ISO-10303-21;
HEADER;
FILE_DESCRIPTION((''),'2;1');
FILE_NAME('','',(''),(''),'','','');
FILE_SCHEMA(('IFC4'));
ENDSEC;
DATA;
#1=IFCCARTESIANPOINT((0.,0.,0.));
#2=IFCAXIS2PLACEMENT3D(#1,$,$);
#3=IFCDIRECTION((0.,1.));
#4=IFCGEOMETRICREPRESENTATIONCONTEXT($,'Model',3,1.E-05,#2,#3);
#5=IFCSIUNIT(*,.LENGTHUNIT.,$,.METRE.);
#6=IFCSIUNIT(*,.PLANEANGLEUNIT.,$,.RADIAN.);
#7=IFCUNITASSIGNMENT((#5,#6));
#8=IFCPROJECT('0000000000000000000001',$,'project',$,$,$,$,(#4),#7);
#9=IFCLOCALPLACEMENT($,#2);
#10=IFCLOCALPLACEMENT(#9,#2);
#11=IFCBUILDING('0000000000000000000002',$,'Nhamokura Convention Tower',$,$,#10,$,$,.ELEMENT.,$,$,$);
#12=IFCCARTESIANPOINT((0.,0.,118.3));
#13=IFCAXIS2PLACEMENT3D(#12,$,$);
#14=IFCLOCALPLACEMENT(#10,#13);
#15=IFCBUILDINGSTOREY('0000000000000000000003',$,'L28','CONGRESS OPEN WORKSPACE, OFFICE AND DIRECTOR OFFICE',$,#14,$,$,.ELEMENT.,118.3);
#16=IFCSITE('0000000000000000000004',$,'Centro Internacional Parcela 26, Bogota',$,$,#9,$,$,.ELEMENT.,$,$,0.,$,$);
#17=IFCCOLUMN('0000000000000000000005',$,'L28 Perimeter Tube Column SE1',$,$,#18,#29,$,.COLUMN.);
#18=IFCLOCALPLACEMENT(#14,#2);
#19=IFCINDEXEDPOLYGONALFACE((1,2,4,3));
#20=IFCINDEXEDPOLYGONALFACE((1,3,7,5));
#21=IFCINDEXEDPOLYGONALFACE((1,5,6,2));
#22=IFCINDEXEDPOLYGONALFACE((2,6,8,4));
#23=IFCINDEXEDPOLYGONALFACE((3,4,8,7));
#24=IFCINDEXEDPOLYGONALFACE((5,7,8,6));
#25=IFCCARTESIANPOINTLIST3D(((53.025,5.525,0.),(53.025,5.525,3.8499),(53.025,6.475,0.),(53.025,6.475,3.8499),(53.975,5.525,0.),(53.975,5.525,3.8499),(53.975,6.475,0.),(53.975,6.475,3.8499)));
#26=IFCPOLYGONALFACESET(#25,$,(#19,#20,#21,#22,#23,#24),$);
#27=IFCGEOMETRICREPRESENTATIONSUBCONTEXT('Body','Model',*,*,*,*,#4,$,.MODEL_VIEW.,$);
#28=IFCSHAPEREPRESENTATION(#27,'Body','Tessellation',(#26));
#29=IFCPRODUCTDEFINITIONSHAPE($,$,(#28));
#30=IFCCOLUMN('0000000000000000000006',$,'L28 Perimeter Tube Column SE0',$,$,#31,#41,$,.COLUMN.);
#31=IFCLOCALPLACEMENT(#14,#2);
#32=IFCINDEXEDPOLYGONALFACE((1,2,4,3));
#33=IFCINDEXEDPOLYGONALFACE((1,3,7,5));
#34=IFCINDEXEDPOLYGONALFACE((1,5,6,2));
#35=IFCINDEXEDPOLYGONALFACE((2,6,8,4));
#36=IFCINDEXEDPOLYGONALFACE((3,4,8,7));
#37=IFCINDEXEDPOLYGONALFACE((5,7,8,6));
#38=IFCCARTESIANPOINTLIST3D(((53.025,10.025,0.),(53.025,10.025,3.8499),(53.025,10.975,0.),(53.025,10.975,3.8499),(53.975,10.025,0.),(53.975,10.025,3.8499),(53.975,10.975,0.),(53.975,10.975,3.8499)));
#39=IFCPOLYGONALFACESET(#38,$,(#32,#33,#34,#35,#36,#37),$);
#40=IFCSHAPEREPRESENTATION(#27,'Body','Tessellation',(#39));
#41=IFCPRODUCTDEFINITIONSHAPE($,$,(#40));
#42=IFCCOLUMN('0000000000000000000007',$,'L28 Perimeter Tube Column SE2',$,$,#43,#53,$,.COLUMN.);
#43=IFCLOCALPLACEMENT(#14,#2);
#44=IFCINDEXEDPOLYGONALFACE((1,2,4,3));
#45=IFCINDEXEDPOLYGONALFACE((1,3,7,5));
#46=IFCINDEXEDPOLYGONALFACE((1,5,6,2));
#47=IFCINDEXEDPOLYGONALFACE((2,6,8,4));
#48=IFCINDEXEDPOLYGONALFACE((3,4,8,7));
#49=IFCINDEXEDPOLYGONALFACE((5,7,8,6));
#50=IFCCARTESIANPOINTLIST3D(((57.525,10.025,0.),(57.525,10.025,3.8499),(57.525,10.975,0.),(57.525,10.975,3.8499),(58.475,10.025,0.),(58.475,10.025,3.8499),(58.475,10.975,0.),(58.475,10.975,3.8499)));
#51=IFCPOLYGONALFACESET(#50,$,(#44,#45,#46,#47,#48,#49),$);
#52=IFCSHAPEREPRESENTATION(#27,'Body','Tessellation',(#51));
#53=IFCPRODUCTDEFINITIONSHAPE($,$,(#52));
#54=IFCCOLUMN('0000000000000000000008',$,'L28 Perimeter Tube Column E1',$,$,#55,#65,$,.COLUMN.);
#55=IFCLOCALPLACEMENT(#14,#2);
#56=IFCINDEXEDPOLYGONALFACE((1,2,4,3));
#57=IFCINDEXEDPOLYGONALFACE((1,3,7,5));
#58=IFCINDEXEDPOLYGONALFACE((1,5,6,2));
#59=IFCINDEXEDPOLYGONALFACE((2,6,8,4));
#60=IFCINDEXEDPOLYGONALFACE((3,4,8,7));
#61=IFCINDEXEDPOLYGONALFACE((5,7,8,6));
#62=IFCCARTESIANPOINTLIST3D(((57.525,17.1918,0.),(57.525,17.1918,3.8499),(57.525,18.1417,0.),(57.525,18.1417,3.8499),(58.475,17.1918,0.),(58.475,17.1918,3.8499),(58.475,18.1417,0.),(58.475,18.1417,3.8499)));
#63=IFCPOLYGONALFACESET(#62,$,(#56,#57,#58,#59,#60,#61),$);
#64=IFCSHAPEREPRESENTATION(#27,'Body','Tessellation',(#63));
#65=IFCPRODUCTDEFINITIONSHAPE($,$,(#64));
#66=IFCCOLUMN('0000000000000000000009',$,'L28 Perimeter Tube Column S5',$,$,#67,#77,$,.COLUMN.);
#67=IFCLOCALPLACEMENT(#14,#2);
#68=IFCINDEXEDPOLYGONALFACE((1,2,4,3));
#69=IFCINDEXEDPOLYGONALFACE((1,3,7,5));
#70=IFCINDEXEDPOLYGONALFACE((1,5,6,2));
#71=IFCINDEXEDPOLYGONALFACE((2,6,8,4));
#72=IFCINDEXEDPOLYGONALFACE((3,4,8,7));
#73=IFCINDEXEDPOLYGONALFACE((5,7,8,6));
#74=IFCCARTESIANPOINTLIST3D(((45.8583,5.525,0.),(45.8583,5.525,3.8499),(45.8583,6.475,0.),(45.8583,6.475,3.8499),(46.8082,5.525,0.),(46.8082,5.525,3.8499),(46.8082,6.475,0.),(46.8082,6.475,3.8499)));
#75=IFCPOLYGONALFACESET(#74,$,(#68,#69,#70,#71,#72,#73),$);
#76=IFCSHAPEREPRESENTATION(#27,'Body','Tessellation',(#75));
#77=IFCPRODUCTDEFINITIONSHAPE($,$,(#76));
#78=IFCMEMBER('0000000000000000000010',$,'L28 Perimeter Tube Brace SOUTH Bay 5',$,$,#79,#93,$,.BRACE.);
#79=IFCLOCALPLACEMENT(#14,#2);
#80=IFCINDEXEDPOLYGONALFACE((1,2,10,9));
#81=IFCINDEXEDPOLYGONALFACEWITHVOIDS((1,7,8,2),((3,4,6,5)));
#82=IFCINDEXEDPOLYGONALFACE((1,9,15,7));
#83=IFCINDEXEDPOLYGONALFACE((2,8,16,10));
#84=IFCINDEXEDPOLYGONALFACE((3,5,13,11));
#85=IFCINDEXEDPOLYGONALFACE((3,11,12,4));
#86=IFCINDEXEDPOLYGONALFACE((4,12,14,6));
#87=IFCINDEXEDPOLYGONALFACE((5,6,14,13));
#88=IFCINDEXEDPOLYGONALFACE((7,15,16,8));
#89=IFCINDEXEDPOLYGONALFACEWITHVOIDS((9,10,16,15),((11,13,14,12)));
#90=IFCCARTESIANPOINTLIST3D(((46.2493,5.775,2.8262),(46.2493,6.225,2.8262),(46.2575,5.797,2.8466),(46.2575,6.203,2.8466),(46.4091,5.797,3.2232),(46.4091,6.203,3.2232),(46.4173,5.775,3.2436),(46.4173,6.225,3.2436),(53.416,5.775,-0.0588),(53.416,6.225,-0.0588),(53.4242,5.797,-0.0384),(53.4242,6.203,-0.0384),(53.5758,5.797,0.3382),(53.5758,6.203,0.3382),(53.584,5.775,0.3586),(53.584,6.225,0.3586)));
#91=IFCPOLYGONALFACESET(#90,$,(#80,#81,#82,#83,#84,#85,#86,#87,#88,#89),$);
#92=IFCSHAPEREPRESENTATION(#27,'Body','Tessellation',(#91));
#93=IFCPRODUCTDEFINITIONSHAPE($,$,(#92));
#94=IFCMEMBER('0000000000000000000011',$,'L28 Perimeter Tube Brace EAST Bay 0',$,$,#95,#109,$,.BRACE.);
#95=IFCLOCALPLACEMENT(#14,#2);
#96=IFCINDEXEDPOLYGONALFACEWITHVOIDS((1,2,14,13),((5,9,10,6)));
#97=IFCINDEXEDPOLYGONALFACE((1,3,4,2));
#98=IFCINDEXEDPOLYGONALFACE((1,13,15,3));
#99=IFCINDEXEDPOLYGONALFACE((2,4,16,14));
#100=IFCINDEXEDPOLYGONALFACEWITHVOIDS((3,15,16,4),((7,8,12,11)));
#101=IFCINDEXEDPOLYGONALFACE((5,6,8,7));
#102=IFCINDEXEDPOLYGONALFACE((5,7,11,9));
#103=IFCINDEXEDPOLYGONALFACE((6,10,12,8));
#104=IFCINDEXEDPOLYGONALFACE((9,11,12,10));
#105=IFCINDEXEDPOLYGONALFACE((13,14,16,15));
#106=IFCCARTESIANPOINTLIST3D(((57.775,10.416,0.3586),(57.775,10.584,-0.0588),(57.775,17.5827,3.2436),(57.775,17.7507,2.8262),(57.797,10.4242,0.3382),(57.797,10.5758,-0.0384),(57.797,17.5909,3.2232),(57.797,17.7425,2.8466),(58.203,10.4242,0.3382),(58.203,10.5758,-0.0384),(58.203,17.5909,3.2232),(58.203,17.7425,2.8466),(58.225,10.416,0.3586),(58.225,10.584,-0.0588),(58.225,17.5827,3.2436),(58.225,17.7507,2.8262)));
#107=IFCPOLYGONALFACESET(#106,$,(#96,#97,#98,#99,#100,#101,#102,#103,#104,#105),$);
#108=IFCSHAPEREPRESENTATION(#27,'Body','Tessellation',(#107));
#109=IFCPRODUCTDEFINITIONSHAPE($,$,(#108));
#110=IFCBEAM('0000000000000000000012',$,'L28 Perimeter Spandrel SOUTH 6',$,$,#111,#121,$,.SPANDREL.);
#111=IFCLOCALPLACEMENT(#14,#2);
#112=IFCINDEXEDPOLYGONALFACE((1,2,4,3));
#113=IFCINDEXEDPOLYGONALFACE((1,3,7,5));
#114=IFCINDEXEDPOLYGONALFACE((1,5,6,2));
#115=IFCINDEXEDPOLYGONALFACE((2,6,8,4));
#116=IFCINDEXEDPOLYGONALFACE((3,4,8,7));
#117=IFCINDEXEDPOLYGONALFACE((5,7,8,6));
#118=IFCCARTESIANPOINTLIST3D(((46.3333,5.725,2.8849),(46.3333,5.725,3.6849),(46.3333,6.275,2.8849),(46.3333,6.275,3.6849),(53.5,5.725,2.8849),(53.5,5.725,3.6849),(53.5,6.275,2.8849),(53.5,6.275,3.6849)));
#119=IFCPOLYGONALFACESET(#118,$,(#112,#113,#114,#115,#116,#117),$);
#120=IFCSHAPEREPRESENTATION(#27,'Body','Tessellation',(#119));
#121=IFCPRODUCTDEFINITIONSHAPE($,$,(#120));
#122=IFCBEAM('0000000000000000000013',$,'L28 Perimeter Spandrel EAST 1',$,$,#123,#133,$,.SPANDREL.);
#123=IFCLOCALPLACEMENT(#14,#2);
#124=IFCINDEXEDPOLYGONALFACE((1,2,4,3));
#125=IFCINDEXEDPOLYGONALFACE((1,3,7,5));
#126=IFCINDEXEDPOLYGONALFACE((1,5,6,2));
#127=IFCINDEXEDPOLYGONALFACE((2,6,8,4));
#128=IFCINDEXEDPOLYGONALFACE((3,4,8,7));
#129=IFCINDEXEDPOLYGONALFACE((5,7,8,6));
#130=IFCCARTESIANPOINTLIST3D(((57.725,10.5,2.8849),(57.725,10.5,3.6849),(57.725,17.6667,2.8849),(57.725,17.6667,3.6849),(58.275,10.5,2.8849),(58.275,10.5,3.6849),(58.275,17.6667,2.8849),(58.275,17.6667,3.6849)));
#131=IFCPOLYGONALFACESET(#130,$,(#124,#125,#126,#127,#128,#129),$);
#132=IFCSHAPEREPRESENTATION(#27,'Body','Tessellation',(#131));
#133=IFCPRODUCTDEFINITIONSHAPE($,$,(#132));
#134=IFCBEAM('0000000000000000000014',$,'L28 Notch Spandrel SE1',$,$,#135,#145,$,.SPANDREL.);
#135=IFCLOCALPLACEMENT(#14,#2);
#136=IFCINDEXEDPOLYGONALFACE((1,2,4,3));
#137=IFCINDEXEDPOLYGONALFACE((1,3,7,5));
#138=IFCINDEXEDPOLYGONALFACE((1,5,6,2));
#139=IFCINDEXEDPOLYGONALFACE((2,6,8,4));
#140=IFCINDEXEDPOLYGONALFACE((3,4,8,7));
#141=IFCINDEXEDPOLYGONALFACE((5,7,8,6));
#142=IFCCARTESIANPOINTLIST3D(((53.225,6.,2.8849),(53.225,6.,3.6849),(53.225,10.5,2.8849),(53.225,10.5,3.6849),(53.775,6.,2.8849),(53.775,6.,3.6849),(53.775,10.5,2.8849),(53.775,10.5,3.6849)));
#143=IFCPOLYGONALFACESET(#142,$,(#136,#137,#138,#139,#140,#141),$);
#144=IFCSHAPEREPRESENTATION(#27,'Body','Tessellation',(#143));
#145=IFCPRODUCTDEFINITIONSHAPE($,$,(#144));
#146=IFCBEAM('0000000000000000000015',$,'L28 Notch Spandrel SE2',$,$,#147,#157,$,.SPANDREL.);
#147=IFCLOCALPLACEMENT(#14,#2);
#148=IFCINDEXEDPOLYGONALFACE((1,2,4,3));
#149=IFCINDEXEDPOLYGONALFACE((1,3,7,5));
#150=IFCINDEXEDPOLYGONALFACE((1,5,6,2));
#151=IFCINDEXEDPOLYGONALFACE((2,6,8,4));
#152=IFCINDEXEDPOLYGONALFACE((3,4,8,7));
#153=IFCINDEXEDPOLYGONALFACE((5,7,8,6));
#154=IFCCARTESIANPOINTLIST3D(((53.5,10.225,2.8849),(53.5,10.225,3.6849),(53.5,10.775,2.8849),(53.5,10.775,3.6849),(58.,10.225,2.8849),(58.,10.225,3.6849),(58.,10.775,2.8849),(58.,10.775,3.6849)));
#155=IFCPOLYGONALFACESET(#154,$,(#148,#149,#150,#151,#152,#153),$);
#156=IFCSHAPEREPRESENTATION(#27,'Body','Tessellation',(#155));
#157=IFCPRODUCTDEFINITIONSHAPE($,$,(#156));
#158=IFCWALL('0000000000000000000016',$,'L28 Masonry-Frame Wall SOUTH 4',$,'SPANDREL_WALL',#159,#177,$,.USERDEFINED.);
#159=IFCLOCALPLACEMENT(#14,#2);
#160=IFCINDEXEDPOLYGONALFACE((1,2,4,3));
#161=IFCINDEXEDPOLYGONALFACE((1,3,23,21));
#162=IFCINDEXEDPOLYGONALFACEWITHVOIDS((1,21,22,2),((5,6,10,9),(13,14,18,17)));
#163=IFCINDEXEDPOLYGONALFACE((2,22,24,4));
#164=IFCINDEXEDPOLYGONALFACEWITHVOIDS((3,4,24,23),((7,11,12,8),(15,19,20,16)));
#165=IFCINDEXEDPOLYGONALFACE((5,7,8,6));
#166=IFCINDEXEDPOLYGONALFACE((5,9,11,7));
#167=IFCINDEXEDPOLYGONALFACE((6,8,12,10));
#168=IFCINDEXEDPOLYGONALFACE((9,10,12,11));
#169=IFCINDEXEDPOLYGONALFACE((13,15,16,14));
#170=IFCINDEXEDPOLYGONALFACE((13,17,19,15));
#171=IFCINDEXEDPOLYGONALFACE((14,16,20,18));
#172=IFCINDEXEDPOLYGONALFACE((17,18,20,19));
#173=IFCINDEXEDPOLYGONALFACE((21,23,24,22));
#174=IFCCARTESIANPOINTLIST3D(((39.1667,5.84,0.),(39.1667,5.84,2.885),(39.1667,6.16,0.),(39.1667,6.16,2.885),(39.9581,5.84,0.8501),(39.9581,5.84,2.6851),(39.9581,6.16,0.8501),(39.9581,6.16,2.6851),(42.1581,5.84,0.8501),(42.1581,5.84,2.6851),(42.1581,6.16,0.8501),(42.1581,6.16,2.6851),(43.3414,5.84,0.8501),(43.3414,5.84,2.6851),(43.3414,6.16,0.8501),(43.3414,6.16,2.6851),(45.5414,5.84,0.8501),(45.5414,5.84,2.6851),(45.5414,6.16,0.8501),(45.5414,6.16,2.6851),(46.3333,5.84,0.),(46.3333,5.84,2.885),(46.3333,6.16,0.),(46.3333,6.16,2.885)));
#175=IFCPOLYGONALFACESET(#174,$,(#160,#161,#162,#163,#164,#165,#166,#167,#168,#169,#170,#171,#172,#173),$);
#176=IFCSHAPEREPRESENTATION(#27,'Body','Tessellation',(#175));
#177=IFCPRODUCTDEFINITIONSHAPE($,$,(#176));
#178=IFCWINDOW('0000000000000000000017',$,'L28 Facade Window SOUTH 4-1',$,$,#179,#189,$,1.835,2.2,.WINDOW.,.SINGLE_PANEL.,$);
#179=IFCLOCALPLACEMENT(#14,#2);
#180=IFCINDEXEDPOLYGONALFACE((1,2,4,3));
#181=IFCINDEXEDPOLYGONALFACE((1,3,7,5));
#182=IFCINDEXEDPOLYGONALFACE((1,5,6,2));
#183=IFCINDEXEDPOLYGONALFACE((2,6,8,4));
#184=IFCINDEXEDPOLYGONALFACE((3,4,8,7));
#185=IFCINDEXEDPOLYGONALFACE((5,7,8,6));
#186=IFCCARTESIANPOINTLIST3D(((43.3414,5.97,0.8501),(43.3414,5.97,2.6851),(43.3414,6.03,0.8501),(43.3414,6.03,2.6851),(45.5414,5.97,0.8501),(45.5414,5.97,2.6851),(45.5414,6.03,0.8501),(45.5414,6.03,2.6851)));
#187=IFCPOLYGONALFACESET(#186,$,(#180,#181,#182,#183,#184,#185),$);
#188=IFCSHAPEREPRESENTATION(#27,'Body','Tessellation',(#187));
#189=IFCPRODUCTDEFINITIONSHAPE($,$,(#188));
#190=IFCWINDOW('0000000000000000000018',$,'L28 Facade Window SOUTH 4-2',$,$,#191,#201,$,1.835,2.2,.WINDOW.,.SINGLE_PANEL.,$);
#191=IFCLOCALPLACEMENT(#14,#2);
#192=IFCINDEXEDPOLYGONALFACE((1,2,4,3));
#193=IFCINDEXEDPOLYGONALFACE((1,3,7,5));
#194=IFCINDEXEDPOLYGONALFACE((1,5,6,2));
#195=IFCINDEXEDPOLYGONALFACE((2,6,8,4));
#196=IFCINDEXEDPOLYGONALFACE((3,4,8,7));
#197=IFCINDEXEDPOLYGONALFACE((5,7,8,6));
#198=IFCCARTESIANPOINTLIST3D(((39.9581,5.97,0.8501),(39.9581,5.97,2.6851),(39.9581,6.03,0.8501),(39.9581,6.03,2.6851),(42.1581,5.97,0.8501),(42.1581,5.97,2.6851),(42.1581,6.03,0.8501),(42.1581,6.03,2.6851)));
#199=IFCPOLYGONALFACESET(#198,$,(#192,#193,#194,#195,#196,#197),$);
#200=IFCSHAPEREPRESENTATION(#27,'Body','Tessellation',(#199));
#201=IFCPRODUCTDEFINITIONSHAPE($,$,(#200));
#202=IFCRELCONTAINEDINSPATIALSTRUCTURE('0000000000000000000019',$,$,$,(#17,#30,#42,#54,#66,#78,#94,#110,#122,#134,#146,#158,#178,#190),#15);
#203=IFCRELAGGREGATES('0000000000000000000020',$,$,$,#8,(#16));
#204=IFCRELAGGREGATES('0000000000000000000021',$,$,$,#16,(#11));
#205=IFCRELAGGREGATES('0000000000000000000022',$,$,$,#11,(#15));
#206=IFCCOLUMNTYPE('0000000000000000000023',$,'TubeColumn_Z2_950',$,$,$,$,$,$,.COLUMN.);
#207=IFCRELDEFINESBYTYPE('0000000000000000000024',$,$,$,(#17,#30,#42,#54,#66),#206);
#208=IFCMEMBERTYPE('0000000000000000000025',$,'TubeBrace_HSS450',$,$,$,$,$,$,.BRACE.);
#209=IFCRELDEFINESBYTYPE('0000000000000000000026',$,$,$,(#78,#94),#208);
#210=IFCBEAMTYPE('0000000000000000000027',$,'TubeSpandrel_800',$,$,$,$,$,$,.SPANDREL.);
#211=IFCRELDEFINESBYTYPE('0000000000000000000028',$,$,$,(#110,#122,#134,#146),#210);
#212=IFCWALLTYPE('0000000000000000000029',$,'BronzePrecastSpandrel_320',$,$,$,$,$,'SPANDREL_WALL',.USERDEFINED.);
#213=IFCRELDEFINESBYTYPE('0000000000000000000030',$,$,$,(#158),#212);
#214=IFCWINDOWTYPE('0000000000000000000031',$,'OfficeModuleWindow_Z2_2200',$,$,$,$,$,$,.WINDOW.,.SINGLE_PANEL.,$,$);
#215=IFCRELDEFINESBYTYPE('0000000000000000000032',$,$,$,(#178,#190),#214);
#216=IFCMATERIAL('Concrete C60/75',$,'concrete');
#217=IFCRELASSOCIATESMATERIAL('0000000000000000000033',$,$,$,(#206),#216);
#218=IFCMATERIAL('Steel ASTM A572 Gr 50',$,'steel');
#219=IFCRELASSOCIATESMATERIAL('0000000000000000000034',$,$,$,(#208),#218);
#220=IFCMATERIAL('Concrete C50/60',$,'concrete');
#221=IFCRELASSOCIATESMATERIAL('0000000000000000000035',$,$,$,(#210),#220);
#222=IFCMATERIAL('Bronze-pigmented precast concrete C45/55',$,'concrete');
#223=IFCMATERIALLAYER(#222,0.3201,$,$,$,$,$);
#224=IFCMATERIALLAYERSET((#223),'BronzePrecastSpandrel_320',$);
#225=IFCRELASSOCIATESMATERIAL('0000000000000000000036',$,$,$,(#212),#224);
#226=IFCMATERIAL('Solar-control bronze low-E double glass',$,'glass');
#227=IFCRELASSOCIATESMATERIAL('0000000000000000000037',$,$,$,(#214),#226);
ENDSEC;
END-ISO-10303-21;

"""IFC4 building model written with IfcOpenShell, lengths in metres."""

from ifc_helpers import new_model, si_unit, direction, frame, frame_2d, origin, origin_2d, place, context, subcontext, project, spatial, rectangle, hollow_rectangle, extrude, material, layer, layer_set, material_profile, profile_set, type_object, element, fill, save


model = new_model("IFC4")

# Units and contexts
model_context = context("Model", 3, precision=1e-05, world=origin(), true_north=direction((0.0, 1.0)))
body_context = subcontext(model_context, "Body", "Model", "MODEL_VIEW")
ifc_project = project(units=[si_unit("LENGTHUNIT", "METRE"), si_unit("PLANEANGLEUNIT", "RADIAN")], contexts=[model_context])

# Site, building, storey
site_placement = place(None, origin())
site = spatial("IfcSite", under=ifc_project, at=site_placement, Name="Centro Internacional Parcela 26, Bogota", CompositionType="ELEMENT", RefElevation=0.0)
building_placement = place(site_placement, origin())
building = spatial("IfcBuilding", under=site, at=building_placement, Name="Nhamokura Convention Tower", CompositionType="ELEMENT")
storey_placement = place(building_placement, frame((0.0, 0.0, 118.3)))
storey = spatial("IfcBuildingStorey", under=building, at=storey_placement, Name="L28", Description="CONGRESS OPEN WORKSPACE, OFFICE AND DIRECTOR OFFICE", CompositionType="ELEMENT", Elevation=118.3)

# Columns
ifc_material_1 = material(Name="Concrete C60/75", Category="concrete")
ifc_material_profile_1 = material_profile(ifc_material_1, rectangle(XDim=0.95, YDim=0.95, at=origin_2d()))
ifc_profile_set_1 = profile_set([ifc_material_profile_1], Name="Concrete C60/75")
column_type = type_object("IfcColumnType", Name="TubeColumn_Z2_950", PredefinedType="COLUMN", material=ifc_profile_set_1)
for number, where, z_axis, x_axis, name in (
    (1, (53.5, 6.0, 0.0), (0.0, 0.0, 1.0), (1.0, 0.0, 0.0), "L28 Perimeter Tube Column SE1"),
    (2, (53.5, 10.5, 0.0), (0.0, 0.0, 1.0), (1.0, 0.0, 0.0), "L28 Perimeter Tube Column SE0"),
    (3, (58.0, 10.5, 0.0), (0.0, 0.0, 1.0), (1.0, 0.0, 0.0), "L28 Perimeter Tube Column SE2"),
    (4, (58.0, 17.6667, 0.0), (0.0, 0.0, 1.0), (1.0, 0.0, 0.0), "L28 Perimeter Tube Column E1"),
    (5, (46.3333, 6.0, 0.0), (0.0, 0.0, 1.0), (1.0, 0.0, 0.0), "L28 Perimeter Tube Column S5"),
):
    element("IfcColumn", number, at=place(storey_placement, frame(where, z_axis=z_axis, x_axis=x_axis)), inside=storey, type_object=column_type, Name=name, PredefinedType="COLUMN", context=body_context, shape_type="SweptSolid", body=[
        extrude(rectangle(XDim=0.95, YDim=0.95, at=origin_2d()), origin(), (0.0, 0.0, 1.0), 3.8499),
    ])

# Members
ifc_material_2 = material(Name="Steel ASTM A572 Gr 50", Category="steel")
ifc_material_profile_2 = material_profile(ifc_material_2, hollow_rectangle(XDim=0.45, YDim=0.45, WallThickness=0.022, at=origin_2d()))
ifc_profile_set_2 = profile_set([ifc_material_profile_2], Name="Steel ASTM A572 Gr 50")
member_type = type_object("IfcMemberType", Name="TubeBrace_HSS450", PredefinedType="BRACE", material=ifc_profile_set_2)
for number, where, z_axis, x_axis, name in (
    (6, (53.5, 6.0, 0.1499), (-0.927657, 0.0, 0.373433), (0.0, -1.0, 0.0), "L28 Perimeter Tube Brace SOUTH Bay 5"),
    (7, (58.0, 10.5, 0.1499), (0.0, 0.927657, 0.373433), (-1.0, 0.0, 0.0), "L28 Perimeter Tube Brace EAST Bay 0"),
):
    element("IfcMember", number, at=place(storey_placement, frame(where, z_axis=z_axis, x_axis=x_axis)), inside=storey, type_object=member_type, Name=name, PredefinedType="BRACE", context=body_context, shape_type="SweptSolid", body=[
        extrude(hollow_rectangle(XDim=0.45, YDim=0.45, WallThickness=0.022, at=origin_2d()), origin(), (0.0, 0.0, 1.0), 7.7256),
    ])

# Beams
ifc_material_3 = material(Name="Concrete C50/60", Category="concrete")
ifc_material_profile_3 = material_profile(ifc_material_3, rectangle(XDim=0.55, YDim=0.8, at=origin_2d()))
ifc_profile_set_3 = profile_set([ifc_material_profile_3], Name="Concrete C50/60")
beam_type = type_object("IfcBeamType", Name="TubeSpandrel_800", PredefinedType="SPANDREL", material=ifc_profile_set_3)
for number, where, z_axis, x_axis, name in (
    (8, (46.3333, 6.0, 3.2849), (1.0, 0.0, 0.0), (0.0, 1.0, 0.0), "L28 Perimeter Spandrel SOUTH 6"),
    (9, (58.0, 10.5, 3.2849), (0.0, 1.0, 0.0), (-1.0, 0.0, 0.0), "L28 Perimeter Spandrel EAST 1"),
):
    element("IfcBeam", number, at=place(storey_placement, frame(where, z_axis=z_axis, x_axis=x_axis)), inside=storey, type_object=beam_type, Name=name, PredefinedType="SPANDREL", context=body_context, shape_type="SweptSolid", body=[
        extrude(rectangle(XDim=0.55, YDim=0.8, at=origin_2d()), origin(), (0.0, 0.0, 1.0), 7.1667),
    ])
for number, where, z_axis, x_axis, name in (
    (10, (53.5, 6.0, 3.2849), (0.0, 1.0, 0.0), (-1.0, 0.0, 0.0), "L28 Notch Spandrel SE1"),
    (11, (53.5, 10.5, 3.2849), (1.0, 0.0, 0.0), (0.0, 1.0, 0.0), "L28 Notch Spandrel SE2"),
):
    element("IfcBeam", number, at=place(storey_placement, frame(where, z_axis=z_axis, x_axis=x_axis)), inside=storey, type_object=beam_type, Name=name, PredefinedType="SPANDREL", context=body_context, shape_type="SweptSolid", body=[
        extrude(rectangle(XDim=0.55, YDim=0.8, at=origin_2d()), origin(), (0.0, 0.0, 1.0), 4.5),
    ])

# Wall, openings, windows
ifc_material_4 = material(Name="Bronze-pigmented precast concrete C45/55", Category="concrete")
ifc_layer = layer(ifc_material_4, 0.3201)
ifc_layer_set = layer_set([ifc_layer], Name="BronzePrecastSpandrel_320")
wall_type = type_object("IfcWallType", Name="BronzePrecastSpandrel_320", ElementType="SPANDREL_WALL", PredefinedType="USERDEFINED", material=ifc_layer_set)
wall_1_placement = place(storey_placement, frame((46.3333, 6.0, 0.0), z_axis=(0.0, 0.0, 1.0), x_axis=(-1.0, 0.0, 0.0)))
wall_1 = element("IfcWall", 12, at=wall_1_placement, inside=storey, type_object=wall_type, Name="L28 Masonry-Frame Wall SOUTH 4", ObjectType="SPANDREL_WALL", PredefinedType="USERDEFINED", context=body_context, shape_type="SweptSolid", body=[
    extrude(rectangle(XDim=7.1665, YDim=0.3201, at=frame_2d((3.5833, 0.0))), origin(), (0.0, 0.0, 1.0), 2.885),
])
opening_1_placement = place(wall_1_placement, frame((0.7917, 0.0, 0.8501)))
opening_1 = element("IfcOpeningElement", 13, at=opening_1_placement, cuts=wall_1, PredefinedType="OPENING", context=body_context, shape_type="SweptSolid", body=[
    extrude(rectangle(XDim=2.2, YDim=1.835, at=frame_2d((1.1001, 0.9175))), frame((0.0, 0.1699, 0.0), z_axis=(0.0, -1.0, 0.0), x_axis=(1.0, 0.0, 0.0)), (0.0, 0.0, 1.0), 0.3401),
])
opening_2_placement = place(wall_1_placement, frame((4.175, 0.0, 0.8501)))
opening_2 = element("IfcOpeningElement", 14, at=opening_2_placement, cuts=wall_1, PredefinedType="OPENING", context=body_context, shape_type="SweptSolid", body=[
    extrude(rectangle(XDim=2.2, YDim=1.835, at=frame_2d((1.1001, 0.9175))), frame((0.0, 0.1699, 0.0), z_axis=(0.0, -1.0, 0.0), x_axis=(1.0, 0.0, 0.0)), (0.0, 0.0, 1.0), 0.3401),
])
ifc_material_5 = material(Name="Solar-control bronze low-E double glass", Category="glass")
window_type = type_object("IfcWindowType", Name="OfficeModuleWindow_Z2_2200", PartitioningType="SINGLE_PANEL", PredefinedType="WINDOW", material=ifc_material_5)
window_1_placement = place(opening_1_placement, origin())
window_1 = element("IfcWindow", 15, at=window_1_placement, inside=storey, type_object=window_type, Name="L28 Facade Window SOUTH 4-1", OverallHeight=1.835, OverallWidth=2.2, PartitioningType="SINGLE_PANEL", PredefinedType="WINDOW", context=body_context, shape_type="SweptSolid", body=[
    extrude(rectangle(XDim=2.2, YDim=1.835, at=frame_2d((1.1001, 0.9175))), frame((0.0, 0.03, 0.0), z_axis=(0.0, -1.0, 0.0), x_axis=(1.0, 0.0, 0.0)), (0.0, 0.0, 1.0), 0.0601),
])
fill(opening_1, window_1)
window_2_placement = place(opening_2_placement, origin())
window_2 = element("IfcWindow", 16, at=window_2_placement, inside=storey, type_object=window_type, Name="L28 Facade Window SOUTH 4-2", OverallHeight=1.835, OverallWidth=2.2, PartitioningType="SINGLE_PANEL", PredefinedType="WINDOW", context=body_context, shape_type="SweptSolid", body=[
    extrude(rectangle(XDim=2.2, YDim=1.835, at=frame_2d((1.1001, 0.9175))), frame((0.0, 0.03, 0.0), z_axis=(0.0, -1.0, 0.0), x_axis=(1.0, 0.0, 0.0)), (0.0, 0.0, 1.0), 0.0601),
])
fill(opening_2, window_2)

save(model, "model.ifc")
